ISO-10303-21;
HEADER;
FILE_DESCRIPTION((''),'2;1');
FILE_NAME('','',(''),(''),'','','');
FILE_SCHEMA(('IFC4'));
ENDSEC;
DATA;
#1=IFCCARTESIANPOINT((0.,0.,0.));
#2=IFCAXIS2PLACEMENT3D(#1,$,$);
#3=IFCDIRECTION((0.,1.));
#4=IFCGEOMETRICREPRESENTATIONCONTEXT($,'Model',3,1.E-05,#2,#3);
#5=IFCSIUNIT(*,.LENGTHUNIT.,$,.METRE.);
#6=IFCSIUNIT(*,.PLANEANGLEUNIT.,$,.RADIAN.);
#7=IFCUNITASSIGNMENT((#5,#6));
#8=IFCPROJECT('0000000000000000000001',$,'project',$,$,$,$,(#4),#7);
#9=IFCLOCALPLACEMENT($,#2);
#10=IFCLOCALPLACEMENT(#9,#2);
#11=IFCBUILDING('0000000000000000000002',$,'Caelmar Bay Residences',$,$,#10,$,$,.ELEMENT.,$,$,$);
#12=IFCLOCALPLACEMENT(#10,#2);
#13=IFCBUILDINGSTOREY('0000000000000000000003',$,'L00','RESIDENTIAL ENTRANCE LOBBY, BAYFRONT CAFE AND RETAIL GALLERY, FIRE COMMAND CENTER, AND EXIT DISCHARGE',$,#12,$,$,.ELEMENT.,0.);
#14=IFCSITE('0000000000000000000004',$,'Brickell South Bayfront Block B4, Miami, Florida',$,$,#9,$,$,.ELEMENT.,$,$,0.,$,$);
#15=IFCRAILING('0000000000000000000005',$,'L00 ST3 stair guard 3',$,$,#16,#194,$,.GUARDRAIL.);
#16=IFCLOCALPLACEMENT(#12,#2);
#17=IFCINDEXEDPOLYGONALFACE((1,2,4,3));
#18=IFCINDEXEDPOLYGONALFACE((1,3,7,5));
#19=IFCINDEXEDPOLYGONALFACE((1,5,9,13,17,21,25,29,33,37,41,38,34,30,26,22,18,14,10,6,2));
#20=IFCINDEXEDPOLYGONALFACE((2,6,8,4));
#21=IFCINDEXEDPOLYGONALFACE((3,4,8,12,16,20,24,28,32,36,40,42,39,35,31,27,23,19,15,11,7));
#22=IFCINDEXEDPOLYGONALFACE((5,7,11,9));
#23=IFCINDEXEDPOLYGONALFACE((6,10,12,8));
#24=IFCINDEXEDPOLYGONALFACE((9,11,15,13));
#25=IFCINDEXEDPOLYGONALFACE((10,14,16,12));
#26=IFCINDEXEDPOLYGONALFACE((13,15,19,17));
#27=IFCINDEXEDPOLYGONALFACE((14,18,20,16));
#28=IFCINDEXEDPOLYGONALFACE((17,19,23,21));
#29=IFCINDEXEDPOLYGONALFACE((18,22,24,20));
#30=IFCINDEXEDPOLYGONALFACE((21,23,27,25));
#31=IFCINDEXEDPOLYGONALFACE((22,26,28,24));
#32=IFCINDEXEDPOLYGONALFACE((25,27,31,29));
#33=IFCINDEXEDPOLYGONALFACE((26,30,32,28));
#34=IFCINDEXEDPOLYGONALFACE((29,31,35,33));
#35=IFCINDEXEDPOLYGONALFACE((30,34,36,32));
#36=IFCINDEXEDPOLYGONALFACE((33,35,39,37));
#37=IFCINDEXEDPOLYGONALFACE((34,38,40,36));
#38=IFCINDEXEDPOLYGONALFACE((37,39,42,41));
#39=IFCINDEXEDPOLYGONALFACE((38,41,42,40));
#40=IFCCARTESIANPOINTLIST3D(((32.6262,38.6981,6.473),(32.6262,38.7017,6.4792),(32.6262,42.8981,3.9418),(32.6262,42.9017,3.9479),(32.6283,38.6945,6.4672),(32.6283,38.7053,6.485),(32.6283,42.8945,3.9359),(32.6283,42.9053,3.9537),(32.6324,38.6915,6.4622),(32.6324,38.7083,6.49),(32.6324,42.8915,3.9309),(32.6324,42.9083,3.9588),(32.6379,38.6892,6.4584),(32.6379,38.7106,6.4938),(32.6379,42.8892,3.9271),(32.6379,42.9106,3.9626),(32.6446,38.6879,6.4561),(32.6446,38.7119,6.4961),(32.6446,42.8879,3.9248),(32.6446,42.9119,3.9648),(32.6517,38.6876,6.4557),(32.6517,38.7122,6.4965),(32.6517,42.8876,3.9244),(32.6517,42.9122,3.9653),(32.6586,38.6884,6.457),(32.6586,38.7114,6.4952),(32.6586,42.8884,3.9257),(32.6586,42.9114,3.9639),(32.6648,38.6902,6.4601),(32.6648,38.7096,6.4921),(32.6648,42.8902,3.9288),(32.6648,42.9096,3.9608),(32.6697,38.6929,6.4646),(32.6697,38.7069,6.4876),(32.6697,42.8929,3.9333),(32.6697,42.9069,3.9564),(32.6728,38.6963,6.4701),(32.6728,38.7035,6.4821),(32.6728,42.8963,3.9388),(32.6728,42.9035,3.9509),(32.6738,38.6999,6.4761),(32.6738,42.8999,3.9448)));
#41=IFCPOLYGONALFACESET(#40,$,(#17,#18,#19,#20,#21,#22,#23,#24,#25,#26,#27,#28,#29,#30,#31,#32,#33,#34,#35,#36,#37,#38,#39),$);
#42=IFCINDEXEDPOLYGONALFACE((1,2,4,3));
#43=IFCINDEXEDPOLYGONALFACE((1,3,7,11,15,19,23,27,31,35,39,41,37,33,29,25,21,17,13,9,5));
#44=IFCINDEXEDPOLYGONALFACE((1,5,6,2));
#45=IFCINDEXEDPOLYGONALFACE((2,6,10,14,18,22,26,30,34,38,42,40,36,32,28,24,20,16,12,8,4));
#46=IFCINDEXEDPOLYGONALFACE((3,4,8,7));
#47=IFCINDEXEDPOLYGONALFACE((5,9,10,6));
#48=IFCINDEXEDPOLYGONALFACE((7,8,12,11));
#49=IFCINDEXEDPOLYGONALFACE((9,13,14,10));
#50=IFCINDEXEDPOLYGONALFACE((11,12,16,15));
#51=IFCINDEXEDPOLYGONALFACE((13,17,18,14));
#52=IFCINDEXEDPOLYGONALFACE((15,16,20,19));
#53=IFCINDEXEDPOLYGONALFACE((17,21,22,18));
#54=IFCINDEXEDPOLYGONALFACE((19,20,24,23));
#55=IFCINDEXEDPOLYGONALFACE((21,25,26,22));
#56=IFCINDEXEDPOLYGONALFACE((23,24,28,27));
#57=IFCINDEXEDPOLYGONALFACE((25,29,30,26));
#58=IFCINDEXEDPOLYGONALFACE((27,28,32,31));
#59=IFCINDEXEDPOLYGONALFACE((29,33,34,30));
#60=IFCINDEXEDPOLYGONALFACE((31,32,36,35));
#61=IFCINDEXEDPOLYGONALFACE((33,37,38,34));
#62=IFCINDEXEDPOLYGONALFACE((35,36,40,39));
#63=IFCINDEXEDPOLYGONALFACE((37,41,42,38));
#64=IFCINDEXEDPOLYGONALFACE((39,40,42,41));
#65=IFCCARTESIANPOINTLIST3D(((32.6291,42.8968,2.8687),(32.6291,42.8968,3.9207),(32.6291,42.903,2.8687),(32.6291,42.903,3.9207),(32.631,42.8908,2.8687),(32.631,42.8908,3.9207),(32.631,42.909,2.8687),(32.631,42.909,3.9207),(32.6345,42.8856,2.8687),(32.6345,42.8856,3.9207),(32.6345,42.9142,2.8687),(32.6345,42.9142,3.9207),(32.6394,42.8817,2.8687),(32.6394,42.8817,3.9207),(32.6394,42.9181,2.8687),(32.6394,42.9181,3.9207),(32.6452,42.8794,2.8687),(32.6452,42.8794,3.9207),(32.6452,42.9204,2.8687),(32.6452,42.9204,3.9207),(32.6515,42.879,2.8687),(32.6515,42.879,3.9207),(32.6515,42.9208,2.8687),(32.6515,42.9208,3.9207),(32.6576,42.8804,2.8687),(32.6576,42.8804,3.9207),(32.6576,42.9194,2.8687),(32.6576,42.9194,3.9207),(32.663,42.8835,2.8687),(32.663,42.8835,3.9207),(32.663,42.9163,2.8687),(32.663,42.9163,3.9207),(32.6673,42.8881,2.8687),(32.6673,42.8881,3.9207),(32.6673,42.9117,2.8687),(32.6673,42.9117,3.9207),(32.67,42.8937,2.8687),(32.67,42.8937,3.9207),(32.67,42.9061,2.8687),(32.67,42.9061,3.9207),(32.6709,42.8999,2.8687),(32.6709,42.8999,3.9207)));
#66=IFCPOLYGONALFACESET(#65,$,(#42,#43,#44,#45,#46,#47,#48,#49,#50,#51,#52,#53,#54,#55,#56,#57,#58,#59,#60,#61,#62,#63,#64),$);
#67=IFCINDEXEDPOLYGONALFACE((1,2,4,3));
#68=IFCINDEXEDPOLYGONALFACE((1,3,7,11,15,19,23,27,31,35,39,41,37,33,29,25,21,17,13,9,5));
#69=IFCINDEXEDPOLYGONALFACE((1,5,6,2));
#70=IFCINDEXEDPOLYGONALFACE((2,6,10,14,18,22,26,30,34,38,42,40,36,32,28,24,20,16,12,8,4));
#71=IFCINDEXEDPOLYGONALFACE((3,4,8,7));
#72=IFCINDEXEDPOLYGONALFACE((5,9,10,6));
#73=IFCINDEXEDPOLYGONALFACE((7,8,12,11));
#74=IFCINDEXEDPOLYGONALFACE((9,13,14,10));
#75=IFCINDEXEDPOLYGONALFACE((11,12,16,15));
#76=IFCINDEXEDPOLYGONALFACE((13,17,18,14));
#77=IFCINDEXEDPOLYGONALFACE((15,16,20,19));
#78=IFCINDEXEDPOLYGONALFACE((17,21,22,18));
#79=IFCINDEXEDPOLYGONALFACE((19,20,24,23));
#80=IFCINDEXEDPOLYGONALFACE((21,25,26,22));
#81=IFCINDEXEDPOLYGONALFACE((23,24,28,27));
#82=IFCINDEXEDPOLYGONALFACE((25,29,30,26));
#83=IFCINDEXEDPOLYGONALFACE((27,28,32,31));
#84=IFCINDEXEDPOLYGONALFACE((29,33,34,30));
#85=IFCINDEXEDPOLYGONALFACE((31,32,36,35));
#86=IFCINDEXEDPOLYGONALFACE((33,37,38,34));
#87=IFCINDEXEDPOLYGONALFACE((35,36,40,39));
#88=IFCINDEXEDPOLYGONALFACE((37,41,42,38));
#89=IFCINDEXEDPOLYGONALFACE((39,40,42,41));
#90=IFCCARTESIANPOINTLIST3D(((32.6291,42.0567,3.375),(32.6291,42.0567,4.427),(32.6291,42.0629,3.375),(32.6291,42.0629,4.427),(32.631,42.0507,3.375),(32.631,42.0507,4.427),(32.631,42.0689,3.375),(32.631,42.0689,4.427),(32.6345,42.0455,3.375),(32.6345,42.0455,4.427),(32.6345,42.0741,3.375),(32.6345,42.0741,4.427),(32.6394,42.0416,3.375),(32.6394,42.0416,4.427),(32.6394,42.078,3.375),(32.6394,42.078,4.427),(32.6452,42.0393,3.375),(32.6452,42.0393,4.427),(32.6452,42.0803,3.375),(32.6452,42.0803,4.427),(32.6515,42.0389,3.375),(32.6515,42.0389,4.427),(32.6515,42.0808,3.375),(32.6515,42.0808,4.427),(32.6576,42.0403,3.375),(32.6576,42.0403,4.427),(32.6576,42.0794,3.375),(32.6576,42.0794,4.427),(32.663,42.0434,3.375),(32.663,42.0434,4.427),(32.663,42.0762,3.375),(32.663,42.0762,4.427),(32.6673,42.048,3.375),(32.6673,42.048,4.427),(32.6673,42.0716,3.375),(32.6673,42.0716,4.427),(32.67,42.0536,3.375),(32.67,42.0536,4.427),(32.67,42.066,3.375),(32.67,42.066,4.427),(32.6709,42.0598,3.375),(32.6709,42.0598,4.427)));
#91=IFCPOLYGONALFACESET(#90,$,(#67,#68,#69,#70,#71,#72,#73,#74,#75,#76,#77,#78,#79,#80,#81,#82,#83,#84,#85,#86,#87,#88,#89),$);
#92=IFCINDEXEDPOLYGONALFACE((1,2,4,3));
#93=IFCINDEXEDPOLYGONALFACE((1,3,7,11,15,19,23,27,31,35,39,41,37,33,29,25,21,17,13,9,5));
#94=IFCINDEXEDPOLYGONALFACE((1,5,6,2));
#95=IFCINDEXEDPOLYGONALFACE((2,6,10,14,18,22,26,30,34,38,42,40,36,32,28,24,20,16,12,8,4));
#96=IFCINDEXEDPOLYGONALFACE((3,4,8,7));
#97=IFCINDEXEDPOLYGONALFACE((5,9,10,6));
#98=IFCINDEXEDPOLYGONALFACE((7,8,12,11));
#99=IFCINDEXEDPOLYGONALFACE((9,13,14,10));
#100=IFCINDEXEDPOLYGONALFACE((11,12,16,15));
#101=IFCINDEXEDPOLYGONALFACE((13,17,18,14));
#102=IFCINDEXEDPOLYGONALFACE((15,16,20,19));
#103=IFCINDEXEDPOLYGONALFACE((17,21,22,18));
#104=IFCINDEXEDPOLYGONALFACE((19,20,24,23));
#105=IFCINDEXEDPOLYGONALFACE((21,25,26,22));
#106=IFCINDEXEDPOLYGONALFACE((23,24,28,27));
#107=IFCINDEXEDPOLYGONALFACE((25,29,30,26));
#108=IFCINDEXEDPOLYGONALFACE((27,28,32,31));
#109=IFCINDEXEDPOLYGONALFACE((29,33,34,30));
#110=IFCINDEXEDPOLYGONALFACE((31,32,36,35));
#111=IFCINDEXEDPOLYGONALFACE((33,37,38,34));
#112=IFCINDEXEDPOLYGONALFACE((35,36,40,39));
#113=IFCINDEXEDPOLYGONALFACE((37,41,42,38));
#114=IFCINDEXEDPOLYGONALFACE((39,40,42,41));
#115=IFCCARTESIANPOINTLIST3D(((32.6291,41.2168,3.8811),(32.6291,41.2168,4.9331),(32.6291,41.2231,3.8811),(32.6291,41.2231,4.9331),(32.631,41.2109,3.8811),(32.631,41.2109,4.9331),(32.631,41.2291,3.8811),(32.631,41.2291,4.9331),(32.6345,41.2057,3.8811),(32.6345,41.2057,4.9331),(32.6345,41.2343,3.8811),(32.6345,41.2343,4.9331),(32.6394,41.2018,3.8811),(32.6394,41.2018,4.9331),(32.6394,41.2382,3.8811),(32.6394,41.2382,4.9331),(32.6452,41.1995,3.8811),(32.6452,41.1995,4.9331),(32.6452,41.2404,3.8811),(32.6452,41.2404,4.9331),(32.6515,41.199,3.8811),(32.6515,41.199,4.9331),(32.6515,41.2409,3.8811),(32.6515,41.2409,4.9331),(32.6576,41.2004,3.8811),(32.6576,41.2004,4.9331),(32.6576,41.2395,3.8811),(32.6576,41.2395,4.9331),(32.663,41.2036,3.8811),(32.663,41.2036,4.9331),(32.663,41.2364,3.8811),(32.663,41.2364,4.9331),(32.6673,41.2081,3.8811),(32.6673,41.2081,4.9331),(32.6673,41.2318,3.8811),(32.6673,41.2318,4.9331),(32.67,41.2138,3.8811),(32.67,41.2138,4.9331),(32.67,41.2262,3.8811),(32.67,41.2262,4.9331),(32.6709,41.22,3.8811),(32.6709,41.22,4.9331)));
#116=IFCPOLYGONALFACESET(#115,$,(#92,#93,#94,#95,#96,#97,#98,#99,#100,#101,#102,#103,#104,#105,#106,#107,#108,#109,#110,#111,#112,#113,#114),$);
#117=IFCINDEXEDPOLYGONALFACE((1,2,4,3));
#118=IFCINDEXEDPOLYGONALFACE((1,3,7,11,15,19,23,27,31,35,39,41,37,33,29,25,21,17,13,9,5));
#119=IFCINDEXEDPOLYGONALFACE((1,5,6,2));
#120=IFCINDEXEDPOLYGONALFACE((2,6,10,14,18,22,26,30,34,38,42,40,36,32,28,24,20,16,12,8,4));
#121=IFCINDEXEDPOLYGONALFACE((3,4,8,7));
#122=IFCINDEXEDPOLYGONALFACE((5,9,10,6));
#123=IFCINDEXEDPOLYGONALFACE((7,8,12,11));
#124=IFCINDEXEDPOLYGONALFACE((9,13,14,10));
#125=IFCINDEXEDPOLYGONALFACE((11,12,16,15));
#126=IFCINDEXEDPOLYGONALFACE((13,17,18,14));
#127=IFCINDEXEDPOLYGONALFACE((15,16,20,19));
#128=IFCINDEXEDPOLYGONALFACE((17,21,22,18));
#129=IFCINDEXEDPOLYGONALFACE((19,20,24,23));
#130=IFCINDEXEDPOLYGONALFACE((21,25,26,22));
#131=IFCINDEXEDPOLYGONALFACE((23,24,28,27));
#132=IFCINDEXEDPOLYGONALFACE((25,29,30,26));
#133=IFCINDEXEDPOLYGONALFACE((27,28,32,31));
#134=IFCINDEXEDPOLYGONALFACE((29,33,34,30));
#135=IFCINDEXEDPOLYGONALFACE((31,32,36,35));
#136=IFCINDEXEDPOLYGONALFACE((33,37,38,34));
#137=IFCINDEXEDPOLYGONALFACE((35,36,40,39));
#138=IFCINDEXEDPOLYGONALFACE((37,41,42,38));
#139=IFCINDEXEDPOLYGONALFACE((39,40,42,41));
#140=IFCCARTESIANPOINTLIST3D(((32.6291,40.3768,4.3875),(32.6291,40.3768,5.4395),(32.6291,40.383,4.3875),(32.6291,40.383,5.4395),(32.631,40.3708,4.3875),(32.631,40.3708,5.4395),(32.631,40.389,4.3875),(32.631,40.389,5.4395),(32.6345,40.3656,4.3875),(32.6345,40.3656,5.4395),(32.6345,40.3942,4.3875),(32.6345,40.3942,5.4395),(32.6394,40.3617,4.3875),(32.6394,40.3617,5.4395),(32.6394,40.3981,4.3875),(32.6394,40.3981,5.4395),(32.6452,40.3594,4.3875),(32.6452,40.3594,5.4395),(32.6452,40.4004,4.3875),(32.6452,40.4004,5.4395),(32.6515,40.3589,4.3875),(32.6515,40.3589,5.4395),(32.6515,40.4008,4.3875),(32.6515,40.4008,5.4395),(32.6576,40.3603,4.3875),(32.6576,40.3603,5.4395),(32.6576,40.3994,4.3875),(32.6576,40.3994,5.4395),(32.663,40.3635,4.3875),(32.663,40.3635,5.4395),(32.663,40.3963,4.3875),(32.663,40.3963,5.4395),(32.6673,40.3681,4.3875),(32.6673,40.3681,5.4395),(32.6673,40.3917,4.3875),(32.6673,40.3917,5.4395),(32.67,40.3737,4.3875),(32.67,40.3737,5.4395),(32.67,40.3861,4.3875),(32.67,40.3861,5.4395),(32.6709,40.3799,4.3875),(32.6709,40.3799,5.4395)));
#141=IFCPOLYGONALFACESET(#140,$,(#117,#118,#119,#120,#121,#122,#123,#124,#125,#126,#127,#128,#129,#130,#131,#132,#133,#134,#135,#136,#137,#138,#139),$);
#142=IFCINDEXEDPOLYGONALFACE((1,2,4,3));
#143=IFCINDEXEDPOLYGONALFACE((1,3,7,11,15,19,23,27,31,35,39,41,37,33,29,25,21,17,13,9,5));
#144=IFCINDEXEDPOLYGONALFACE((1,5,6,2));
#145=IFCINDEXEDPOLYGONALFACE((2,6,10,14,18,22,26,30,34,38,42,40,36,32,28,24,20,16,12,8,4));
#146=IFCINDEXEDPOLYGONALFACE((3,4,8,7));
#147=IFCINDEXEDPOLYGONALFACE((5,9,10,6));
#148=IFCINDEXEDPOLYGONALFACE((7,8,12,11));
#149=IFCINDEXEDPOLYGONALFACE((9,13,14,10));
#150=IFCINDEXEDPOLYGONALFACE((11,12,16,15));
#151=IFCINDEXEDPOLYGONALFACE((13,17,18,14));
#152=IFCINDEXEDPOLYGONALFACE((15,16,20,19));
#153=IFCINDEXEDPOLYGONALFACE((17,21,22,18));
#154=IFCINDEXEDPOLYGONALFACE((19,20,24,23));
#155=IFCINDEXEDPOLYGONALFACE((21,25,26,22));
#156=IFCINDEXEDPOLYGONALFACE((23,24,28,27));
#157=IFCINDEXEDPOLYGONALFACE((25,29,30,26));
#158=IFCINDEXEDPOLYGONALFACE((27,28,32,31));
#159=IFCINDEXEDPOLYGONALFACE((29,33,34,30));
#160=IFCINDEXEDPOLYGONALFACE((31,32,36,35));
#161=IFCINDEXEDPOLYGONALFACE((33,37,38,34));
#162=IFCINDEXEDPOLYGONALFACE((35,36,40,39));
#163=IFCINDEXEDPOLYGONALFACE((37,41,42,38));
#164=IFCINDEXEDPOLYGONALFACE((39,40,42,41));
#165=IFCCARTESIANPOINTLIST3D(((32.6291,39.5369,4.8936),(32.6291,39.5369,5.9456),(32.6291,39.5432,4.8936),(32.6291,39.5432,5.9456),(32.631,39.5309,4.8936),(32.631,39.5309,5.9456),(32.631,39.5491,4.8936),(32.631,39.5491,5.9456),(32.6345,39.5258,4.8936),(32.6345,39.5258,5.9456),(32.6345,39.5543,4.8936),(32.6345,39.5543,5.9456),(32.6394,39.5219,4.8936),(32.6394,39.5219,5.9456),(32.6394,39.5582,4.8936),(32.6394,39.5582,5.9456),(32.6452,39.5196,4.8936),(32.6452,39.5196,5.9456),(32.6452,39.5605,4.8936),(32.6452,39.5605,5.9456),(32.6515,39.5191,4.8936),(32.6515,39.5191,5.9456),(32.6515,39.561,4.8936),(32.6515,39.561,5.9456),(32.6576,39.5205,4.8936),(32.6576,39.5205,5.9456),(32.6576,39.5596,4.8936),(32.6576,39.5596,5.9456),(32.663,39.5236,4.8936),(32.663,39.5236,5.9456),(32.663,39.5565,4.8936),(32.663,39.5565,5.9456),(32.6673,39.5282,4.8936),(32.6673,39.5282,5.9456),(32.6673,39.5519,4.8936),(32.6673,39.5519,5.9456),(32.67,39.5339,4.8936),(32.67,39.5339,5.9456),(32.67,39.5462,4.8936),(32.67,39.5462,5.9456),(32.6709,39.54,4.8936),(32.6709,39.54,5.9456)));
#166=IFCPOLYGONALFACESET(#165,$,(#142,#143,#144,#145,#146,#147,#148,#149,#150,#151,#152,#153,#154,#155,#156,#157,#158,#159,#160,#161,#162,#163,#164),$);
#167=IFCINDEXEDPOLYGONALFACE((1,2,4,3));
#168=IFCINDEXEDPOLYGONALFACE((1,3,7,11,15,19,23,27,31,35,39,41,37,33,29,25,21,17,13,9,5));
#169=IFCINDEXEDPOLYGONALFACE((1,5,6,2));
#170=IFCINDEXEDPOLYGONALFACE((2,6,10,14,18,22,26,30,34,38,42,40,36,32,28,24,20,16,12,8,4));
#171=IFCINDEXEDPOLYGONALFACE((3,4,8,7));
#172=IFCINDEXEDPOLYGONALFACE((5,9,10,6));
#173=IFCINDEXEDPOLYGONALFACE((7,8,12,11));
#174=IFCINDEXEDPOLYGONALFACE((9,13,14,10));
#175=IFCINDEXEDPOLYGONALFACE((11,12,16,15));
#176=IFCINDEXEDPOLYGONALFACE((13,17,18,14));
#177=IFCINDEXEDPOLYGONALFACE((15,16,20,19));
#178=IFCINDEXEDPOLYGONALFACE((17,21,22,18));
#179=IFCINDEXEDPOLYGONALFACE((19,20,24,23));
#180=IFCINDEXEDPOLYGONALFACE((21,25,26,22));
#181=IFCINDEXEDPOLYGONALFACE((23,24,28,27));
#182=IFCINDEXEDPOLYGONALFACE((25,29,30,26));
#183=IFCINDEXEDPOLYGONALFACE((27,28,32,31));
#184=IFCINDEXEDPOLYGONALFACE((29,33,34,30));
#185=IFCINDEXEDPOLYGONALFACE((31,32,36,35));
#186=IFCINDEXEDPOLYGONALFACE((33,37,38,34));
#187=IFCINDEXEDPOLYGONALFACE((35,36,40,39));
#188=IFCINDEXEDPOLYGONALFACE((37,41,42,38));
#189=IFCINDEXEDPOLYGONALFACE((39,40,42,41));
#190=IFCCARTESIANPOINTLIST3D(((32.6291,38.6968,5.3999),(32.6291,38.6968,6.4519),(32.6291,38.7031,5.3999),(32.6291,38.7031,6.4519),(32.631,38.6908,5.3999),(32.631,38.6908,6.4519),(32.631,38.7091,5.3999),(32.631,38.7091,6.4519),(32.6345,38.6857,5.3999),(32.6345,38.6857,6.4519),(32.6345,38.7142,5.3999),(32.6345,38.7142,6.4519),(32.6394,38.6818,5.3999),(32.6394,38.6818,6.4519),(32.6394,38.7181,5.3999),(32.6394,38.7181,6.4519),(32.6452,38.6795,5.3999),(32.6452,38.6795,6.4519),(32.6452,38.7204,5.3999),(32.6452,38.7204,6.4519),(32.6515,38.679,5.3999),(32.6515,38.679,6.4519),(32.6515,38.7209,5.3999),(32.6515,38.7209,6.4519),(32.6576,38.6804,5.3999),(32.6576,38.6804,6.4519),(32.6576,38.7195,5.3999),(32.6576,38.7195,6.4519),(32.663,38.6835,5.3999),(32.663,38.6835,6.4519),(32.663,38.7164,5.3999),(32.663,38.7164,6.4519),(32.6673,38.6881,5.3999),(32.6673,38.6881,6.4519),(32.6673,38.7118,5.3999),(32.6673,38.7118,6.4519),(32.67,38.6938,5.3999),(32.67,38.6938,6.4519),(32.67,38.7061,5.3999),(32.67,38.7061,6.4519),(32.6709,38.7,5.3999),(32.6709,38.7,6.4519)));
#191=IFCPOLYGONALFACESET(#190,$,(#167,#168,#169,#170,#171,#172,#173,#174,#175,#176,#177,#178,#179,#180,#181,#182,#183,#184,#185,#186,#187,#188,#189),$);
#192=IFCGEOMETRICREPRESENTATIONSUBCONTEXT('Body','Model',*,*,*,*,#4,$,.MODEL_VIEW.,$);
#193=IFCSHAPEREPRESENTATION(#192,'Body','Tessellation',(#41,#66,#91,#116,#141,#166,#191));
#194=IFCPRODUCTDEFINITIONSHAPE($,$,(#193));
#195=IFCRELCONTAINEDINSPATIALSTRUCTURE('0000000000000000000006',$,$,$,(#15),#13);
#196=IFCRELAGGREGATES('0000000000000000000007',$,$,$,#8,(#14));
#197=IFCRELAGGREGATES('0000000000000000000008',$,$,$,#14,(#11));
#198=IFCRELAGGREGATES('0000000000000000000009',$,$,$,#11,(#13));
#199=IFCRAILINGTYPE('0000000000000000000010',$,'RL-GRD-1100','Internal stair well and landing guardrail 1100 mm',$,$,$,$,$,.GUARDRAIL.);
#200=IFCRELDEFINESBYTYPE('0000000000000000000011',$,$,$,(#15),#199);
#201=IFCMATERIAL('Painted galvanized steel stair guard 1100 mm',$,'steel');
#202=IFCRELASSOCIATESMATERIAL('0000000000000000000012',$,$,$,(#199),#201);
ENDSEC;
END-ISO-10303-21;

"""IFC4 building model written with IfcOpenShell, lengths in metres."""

from ifc_helpers import new_model, si_unit, direction, frame, origin, origin_2d, place, context, subcontext, project, spatial, circle, extrude, material, type_object, element, save


model = new_model("IFC4")

# Units and contexts
model_context = context("Model", 3, precision=1e-05, world=origin(), true_north=direction((0.0, 1.0)))
body_context = subcontext(model_context, "Body", "Model", "MODEL_VIEW")
ifc_project = project(units=[si_unit("LENGTHUNIT", "METRE"), si_unit("PLANEANGLEUNIT", "RADIAN")], contexts=[model_context])

# Site, building, storey
site_placement = place(None, origin())
site = spatial("IfcSite", under=ifc_project, at=site_placement, Name="Brickell South Bayfront Block B4, Miami, Florida", CompositionType="ELEMENT", RefElevation=0.0)
building_placement = place(site_placement, origin())
building = spatial("IfcBuilding", under=site, at=building_placement, Name="Caelmar Bay Residences", CompositionType="ELEMENT")
storey_placement = place(building_placement, origin())
storey = spatial("IfcBuildingStorey", under=building, at=storey_placement, Name="L00", Description="RESIDENTIAL ENTRANCE LOBBY, BAYFRONT CAFE AND RETAIL GALLERY, FIRE COMMAND CENTER, AND EXIT DISCHARGE", CompositionType="ELEMENT", Elevation=0.0)

# Railing
ifc_material_1 = material(Name="Painted galvanized steel stair guard 1100 mm", Category="steel")
railing_type_1 = type_object("IfcRailingType", Name="RL-GRD-1100", Description="Internal stair well and landing guardrail 1100 mm", PredefinedType="GUARDRAIL", material=ifc_material_1)
railing_1_placement = place(storey_placement, frame((32.6499, 42.8999, 2.8687)))
element("IfcRailing", 1, at=railing_1_placement, inside=storey, type_object=railing_type_1, Name="L00 ST3 stair guard 3", PredefinedType="GUARDRAIL", context=body_context, shape_type="SweptSolid", body=[
    extrude(circle(Radius=0.0239, at=origin_2d()), frame((0.0, 0.0, 1.0762), z_axis=(0.0, -0.856476, 0.516186), x_axis=(1.0, 0.0, 0.0)), (0.0, 0.0, 1.0), 4.9038),
    extrude(circle(Radius=0.021, at=origin_2d()), origin(), (0.0, 0.0, 1.0), 1.052),
    extrude(circle(Radius=0.021, at=origin_2d()), frame((0.0, -0.8401, 0.5063)), (0.0, 0.0, 1.0), 1.052),
    extrude(circle(Radius=0.021, at=origin_2d()), frame((0.0, -1.6799, 1.0125)), (0.0, 0.0, 1.0), 1.052),
    extrude(circle(Radius=0.021, at=origin_2d()), frame((0.0, -2.52, 1.5188)), (0.0, 0.0, 1.0), 1.052),
    extrude(circle(Radius=0.021, at=origin_2d()), frame((0.0, -3.3599, 2.0249)), (0.0, 0.0, 1.0), 1.052),
    extrude(circle(Radius=0.021, at=origin_2d()), frame((0.0, -4.2, 2.5312)), (0.0, 0.0, 1.0), 1.052),
])

save(model, "model.ifc")
